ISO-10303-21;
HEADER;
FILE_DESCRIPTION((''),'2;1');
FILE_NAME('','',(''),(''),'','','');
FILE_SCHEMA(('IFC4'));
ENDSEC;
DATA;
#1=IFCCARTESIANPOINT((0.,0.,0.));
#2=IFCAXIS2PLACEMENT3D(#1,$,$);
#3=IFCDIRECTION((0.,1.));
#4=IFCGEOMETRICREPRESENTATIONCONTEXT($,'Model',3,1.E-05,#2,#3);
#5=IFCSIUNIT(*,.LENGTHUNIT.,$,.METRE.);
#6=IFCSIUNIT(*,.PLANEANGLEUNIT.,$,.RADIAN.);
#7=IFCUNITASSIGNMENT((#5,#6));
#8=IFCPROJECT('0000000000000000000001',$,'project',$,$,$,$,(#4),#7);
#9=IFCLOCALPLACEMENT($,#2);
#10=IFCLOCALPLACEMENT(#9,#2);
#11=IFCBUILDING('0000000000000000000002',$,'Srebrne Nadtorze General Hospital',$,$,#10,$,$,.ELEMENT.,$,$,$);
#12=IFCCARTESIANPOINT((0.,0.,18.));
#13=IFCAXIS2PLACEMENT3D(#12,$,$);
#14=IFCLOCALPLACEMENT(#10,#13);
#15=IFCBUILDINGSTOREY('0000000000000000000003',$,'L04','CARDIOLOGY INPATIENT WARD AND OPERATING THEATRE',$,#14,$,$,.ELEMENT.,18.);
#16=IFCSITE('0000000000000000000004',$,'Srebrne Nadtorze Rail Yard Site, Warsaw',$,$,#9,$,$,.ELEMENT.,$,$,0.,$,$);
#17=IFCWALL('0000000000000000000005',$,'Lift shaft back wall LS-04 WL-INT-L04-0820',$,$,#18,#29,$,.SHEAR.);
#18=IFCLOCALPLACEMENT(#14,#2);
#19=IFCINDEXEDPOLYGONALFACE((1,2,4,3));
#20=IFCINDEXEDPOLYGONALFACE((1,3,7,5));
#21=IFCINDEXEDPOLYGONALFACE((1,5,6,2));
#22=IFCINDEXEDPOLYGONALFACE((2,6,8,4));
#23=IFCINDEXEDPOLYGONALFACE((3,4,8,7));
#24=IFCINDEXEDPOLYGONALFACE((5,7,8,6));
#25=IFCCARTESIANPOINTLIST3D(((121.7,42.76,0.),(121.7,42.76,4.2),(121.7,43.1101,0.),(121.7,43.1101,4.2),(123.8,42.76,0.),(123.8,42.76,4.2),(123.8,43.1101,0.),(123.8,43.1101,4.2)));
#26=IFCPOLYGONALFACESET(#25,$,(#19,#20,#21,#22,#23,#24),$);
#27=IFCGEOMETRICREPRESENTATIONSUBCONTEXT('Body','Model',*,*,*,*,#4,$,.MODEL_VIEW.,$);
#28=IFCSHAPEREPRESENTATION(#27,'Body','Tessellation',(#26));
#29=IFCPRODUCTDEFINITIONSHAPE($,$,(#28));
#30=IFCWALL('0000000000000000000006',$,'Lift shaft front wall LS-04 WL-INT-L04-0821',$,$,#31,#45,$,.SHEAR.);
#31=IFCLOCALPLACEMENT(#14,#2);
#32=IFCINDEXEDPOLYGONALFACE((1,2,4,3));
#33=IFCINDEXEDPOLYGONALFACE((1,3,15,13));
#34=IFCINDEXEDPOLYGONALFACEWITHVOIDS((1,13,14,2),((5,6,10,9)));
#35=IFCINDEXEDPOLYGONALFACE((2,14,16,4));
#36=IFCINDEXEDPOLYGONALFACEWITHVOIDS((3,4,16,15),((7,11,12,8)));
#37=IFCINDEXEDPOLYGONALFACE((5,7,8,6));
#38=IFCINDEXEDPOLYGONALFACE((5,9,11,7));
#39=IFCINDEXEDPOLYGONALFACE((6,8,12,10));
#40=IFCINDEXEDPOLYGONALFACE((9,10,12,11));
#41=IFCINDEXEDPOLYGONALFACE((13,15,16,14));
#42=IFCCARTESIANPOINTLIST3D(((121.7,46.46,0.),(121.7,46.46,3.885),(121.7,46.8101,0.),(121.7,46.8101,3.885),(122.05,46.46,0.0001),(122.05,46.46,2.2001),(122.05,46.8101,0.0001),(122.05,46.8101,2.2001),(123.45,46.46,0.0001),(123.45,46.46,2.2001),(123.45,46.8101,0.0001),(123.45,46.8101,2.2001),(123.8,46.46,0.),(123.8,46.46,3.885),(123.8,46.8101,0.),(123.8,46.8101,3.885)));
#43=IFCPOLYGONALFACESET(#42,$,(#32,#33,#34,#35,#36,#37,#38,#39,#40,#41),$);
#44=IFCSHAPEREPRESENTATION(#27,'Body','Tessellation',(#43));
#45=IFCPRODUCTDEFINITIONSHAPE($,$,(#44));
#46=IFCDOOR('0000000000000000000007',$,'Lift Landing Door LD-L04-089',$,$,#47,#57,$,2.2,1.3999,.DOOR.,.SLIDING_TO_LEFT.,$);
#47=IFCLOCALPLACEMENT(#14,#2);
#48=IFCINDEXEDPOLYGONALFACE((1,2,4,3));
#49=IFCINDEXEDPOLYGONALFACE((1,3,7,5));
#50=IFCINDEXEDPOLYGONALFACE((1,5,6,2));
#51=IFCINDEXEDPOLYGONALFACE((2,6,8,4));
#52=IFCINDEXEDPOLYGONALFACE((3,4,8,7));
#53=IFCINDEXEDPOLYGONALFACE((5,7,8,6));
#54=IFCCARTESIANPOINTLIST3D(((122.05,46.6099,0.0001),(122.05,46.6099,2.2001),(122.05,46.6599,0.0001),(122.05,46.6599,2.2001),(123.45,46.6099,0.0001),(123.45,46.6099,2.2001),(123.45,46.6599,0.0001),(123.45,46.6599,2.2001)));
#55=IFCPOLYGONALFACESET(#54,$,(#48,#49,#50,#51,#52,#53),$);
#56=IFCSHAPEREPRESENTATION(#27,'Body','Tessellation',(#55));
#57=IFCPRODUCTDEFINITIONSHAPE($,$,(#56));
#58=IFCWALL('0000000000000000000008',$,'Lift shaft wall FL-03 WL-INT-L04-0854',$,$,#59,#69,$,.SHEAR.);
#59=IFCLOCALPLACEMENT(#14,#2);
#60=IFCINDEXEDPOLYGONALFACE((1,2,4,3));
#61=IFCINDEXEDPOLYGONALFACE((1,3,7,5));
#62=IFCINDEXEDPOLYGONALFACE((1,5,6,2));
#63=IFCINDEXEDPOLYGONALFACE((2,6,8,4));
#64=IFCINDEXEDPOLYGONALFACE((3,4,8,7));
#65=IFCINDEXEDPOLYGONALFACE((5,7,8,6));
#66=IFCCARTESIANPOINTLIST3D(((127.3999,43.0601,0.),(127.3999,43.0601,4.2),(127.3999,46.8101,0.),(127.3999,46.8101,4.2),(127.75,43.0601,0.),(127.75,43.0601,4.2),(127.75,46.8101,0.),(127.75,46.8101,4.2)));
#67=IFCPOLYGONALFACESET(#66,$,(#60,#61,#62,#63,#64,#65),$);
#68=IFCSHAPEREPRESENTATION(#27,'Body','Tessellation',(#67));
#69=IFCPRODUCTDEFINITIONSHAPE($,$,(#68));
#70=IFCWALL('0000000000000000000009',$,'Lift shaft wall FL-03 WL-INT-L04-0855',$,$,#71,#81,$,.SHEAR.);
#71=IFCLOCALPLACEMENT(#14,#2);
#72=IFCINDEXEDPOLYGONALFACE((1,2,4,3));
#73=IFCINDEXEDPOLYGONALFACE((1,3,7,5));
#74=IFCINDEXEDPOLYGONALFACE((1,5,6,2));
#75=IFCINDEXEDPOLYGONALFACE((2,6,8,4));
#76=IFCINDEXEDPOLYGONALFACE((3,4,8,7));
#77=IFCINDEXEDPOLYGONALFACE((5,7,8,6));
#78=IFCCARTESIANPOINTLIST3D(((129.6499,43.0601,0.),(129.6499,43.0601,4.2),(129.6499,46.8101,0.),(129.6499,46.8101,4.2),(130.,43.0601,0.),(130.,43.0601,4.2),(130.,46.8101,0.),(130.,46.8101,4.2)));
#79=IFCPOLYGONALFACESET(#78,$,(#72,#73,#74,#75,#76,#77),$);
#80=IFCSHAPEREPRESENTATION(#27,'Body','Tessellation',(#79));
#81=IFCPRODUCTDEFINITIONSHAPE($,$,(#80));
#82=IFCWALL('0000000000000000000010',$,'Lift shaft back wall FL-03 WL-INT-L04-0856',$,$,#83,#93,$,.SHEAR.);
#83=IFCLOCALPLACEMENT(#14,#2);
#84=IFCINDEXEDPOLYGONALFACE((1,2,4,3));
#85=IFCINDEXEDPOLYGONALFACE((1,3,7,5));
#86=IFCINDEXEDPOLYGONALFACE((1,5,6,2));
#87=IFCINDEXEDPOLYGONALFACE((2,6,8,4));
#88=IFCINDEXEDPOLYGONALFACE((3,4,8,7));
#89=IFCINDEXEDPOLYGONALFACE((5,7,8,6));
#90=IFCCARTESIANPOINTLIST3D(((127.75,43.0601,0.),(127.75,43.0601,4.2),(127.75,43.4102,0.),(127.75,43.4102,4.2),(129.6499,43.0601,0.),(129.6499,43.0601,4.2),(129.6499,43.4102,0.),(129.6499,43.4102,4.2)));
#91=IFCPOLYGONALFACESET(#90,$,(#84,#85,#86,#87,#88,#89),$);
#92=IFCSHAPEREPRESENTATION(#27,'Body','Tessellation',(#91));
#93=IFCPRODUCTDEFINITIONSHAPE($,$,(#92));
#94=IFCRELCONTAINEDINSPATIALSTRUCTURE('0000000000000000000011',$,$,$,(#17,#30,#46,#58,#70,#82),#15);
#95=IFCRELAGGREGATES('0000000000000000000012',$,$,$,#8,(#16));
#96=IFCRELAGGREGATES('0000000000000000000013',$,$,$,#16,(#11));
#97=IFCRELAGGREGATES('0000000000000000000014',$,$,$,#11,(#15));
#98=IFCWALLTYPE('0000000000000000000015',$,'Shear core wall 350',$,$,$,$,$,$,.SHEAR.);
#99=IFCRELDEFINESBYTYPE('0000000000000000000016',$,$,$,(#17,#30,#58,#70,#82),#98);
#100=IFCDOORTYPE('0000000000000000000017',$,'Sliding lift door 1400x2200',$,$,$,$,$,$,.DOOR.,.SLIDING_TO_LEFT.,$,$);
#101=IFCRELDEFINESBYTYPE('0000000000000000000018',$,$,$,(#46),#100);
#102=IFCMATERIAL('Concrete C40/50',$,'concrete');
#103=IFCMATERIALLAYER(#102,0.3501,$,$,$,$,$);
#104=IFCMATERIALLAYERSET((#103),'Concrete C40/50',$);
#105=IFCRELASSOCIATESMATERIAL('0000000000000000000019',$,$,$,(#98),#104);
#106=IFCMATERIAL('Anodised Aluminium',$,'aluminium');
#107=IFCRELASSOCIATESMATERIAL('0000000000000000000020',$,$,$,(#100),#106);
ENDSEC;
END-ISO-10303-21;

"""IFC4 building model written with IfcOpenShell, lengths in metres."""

from ifc_helpers import new_model, si_unit, direction, frame, frame_2d, origin, place, context, subcontext, project, spatial, rectangle, extrude, material, layer, layer_set, type_object, element, fill, save


model = new_model("IFC4")

# Units and contexts
model_context = context("Model", 3, precision=1e-05, world=origin(), true_north=direction((0.0, 1.0)))
body_context = subcontext(model_context, "Body", "Model", "MODEL_VIEW")
ifc_project = project(units=[si_unit("LENGTHUNIT", "METRE"), si_unit("PLANEANGLEUNIT", "RADIAN")], contexts=[model_context])

# Site, building, storey
site_placement = place(None, origin())
site = spatial("IfcSite", under=ifc_project, at=site_placement, Name="Srebrne Nadtorze Rail Yard Site, Warsaw", CompositionType="ELEMENT", RefElevation=0.0)
building_placement = place(site_placement, origin())
building = spatial("IfcBuilding", under=site, at=building_placement, Name="Srebrne Nadtorze General Hospital", CompositionType="ELEMENT")
storey_placement = place(building_placement, frame((0.0, 0.0, 18.0)))
storey = spatial("IfcBuildingStorey", under=building, at=storey_placement, Name="L04", Description="CARDIOLOGY INPATIENT WARD AND OPERATING THEATRE", CompositionType="ELEMENT", Elevation=18.0)

# Shared definitions
ifc_material_1 = material(Name="Concrete C40/50", Category="concrete")
ifc_layer_1 = layer(ifc_material_1, 0.3501)
ifc_layer_set_1 = layer_set([ifc_layer_1], Name="Concrete C40/50")
wall_type_1 = type_object("IfcWallType", Name="Shear core wall 350", PredefinedType="SHEAR", material=ifc_layer_set_1)

# Shared definitions
ifc_material_2 = material(Name="Anodised Aluminium", Category="aluminium")
door_type_1 = type_object("IfcDoorType", Name="Sliding lift door 1400x2200", OperationType="SLIDING_TO_LEFT", PredefinedType="DOOR", material=ifc_material_2)

# Wall
wall_1_placement = place(storey_placement, frame((121.7, 42.9351, 0.0), z_axis=(0.0, 0.0, 1.0), x_axis=(1.0, 0.0, 0.0)))
element("IfcWall", 1, at=wall_1_placement, inside=storey, type_object=wall_type_1, Name="Lift shaft back wall LS-04 WL-INT-L04-0820", PredefinedType="SHEAR", context=body_context, shape_type="SweptSolid", body=[
    extrude(rectangle(XDim=2.1001, YDim=0.3501, at=frame_2d((1.05, 0.0))), origin(), (0.0, 0.0, 1.0), 4.2),
])

# Wall, opening, door
wall_2_placement = place(storey_placement, frame((121.7, 46.635, 0.0), z_axis=(0.0, 0.0, 1.0), x_axis=(1.0, 0.0, 0.0)))
wall_2 = element("IfcWall", 2, at=wall_2_placement, inside=storey, type_object=wall_type_1, Name="Lift shaft front wall LS-04 WL-INT-L04-0821", PredefinedType="SHEAR", context=body_context, shape_type="SweptSolid", body=[
    extrude(rectangle(XDim=2.1001, YDim=0.3501, at=frame_2d((1.05, 0.0))), origin(), (0.0, 0.0, 1.0), 3.885),
])
opening_1_placement = place(wall_2_placement, frame((0.3501, 0.0, 0.0)))
opening_1 = element("IfcOpeningElement", 3, at=opening_1_placement, cuts=wall_2, PredefinedType="OPENING", context=body_context, shape_type="SweptSolid", body=[
    extrude(rectangle(XDim=1.3999, YDim=2.2, at=frame_2d((0.7, 1.1001))), frame((0.0, 0.187, 0.0), z_axis=(0.0, -1.0, 0.0), x_axis=(1.0, 0.0, 0.0)), (0.0, 0.0, 1.0), 0.374),
])
door_1_placement = place(opening_1_placement, origin())
door_1 = element("IfcDoor", 4, at=door_1_placement, inside=storey, type_object=door_type_1, Name="Lift Landing Door LD-L04-089", OperationType="SLIDING_TO_LEFT", OverallHeight=2.2, OverallWidth=1.3999, PredefinedType="DOOR", context=body_context, shape_type="SweptSolid", body=[
    extrude(rectangle(XDim=1.3999, YDim=2.2, at=frame_2d((0.7, 1.1001))), frame((0.0, 0.0249, 0.0), z_axis=(0.0, -1.0, 0.0), x_axis=(1.0, 0.0, 0.0)), (0.0, 0.0, 1.0), 0.05),
])
fill(opening_1, door_1)

# Walls
for number, where, z_axis, x_axis, name in (
    (5, (127.575, 43.0601, 0.0), (0.0, 0.0, 1.0), (0.0, 1.0, 0.0), "Lift shaft wall FL-03 WL-INT-L04-0854"),
    (6, (129.825, 43.0601, 0.0), (0.0, 0.0, 1.0), (0.0, 1.0, 0.0), "Lift shaft wall FL-03 WL-INT-L04-0855"),
):
    element("IfcWall", number, at=place(storey_placement, frame(where, z_axis=z_axis, x_axis=x_axis)), inside=storey, type_object=wall_type_1, Name=name, PredefinedType="SHEAR", context=body_context, shape_type="SweptSolid", body=[
        extrude(rectangle(XDim=3.75, YDim=0.3501, at=frame_2d((1.875, 0.0))), origin(), (0.0, 0.0, 1.0), 4.2),
    ])
wall_3_placement = place(storey_placement, frame((127.75, 43.2351, 0.0), z_axis=(0.0, 0.0, 1.0), x_axis=(1.0, 0.0, 0.0)))
element("IfcWall", 7, at=wall_3_placement, inside=storey, type_object=wall_type_1, Name="Lift shaft back wall FL-03 WL-INT-L04-0856", PredefinedType="SHEAR", context=body_context, shape_type="SweptSolid", body=[
    extrude(rectangle(XDim=1.8999, YDim=0.3501, at=frame_2d((0.95, 0.0))), origin(), (0.0, 0.0, 1.0), 4.2),
])

save(model, "model.ifc")
